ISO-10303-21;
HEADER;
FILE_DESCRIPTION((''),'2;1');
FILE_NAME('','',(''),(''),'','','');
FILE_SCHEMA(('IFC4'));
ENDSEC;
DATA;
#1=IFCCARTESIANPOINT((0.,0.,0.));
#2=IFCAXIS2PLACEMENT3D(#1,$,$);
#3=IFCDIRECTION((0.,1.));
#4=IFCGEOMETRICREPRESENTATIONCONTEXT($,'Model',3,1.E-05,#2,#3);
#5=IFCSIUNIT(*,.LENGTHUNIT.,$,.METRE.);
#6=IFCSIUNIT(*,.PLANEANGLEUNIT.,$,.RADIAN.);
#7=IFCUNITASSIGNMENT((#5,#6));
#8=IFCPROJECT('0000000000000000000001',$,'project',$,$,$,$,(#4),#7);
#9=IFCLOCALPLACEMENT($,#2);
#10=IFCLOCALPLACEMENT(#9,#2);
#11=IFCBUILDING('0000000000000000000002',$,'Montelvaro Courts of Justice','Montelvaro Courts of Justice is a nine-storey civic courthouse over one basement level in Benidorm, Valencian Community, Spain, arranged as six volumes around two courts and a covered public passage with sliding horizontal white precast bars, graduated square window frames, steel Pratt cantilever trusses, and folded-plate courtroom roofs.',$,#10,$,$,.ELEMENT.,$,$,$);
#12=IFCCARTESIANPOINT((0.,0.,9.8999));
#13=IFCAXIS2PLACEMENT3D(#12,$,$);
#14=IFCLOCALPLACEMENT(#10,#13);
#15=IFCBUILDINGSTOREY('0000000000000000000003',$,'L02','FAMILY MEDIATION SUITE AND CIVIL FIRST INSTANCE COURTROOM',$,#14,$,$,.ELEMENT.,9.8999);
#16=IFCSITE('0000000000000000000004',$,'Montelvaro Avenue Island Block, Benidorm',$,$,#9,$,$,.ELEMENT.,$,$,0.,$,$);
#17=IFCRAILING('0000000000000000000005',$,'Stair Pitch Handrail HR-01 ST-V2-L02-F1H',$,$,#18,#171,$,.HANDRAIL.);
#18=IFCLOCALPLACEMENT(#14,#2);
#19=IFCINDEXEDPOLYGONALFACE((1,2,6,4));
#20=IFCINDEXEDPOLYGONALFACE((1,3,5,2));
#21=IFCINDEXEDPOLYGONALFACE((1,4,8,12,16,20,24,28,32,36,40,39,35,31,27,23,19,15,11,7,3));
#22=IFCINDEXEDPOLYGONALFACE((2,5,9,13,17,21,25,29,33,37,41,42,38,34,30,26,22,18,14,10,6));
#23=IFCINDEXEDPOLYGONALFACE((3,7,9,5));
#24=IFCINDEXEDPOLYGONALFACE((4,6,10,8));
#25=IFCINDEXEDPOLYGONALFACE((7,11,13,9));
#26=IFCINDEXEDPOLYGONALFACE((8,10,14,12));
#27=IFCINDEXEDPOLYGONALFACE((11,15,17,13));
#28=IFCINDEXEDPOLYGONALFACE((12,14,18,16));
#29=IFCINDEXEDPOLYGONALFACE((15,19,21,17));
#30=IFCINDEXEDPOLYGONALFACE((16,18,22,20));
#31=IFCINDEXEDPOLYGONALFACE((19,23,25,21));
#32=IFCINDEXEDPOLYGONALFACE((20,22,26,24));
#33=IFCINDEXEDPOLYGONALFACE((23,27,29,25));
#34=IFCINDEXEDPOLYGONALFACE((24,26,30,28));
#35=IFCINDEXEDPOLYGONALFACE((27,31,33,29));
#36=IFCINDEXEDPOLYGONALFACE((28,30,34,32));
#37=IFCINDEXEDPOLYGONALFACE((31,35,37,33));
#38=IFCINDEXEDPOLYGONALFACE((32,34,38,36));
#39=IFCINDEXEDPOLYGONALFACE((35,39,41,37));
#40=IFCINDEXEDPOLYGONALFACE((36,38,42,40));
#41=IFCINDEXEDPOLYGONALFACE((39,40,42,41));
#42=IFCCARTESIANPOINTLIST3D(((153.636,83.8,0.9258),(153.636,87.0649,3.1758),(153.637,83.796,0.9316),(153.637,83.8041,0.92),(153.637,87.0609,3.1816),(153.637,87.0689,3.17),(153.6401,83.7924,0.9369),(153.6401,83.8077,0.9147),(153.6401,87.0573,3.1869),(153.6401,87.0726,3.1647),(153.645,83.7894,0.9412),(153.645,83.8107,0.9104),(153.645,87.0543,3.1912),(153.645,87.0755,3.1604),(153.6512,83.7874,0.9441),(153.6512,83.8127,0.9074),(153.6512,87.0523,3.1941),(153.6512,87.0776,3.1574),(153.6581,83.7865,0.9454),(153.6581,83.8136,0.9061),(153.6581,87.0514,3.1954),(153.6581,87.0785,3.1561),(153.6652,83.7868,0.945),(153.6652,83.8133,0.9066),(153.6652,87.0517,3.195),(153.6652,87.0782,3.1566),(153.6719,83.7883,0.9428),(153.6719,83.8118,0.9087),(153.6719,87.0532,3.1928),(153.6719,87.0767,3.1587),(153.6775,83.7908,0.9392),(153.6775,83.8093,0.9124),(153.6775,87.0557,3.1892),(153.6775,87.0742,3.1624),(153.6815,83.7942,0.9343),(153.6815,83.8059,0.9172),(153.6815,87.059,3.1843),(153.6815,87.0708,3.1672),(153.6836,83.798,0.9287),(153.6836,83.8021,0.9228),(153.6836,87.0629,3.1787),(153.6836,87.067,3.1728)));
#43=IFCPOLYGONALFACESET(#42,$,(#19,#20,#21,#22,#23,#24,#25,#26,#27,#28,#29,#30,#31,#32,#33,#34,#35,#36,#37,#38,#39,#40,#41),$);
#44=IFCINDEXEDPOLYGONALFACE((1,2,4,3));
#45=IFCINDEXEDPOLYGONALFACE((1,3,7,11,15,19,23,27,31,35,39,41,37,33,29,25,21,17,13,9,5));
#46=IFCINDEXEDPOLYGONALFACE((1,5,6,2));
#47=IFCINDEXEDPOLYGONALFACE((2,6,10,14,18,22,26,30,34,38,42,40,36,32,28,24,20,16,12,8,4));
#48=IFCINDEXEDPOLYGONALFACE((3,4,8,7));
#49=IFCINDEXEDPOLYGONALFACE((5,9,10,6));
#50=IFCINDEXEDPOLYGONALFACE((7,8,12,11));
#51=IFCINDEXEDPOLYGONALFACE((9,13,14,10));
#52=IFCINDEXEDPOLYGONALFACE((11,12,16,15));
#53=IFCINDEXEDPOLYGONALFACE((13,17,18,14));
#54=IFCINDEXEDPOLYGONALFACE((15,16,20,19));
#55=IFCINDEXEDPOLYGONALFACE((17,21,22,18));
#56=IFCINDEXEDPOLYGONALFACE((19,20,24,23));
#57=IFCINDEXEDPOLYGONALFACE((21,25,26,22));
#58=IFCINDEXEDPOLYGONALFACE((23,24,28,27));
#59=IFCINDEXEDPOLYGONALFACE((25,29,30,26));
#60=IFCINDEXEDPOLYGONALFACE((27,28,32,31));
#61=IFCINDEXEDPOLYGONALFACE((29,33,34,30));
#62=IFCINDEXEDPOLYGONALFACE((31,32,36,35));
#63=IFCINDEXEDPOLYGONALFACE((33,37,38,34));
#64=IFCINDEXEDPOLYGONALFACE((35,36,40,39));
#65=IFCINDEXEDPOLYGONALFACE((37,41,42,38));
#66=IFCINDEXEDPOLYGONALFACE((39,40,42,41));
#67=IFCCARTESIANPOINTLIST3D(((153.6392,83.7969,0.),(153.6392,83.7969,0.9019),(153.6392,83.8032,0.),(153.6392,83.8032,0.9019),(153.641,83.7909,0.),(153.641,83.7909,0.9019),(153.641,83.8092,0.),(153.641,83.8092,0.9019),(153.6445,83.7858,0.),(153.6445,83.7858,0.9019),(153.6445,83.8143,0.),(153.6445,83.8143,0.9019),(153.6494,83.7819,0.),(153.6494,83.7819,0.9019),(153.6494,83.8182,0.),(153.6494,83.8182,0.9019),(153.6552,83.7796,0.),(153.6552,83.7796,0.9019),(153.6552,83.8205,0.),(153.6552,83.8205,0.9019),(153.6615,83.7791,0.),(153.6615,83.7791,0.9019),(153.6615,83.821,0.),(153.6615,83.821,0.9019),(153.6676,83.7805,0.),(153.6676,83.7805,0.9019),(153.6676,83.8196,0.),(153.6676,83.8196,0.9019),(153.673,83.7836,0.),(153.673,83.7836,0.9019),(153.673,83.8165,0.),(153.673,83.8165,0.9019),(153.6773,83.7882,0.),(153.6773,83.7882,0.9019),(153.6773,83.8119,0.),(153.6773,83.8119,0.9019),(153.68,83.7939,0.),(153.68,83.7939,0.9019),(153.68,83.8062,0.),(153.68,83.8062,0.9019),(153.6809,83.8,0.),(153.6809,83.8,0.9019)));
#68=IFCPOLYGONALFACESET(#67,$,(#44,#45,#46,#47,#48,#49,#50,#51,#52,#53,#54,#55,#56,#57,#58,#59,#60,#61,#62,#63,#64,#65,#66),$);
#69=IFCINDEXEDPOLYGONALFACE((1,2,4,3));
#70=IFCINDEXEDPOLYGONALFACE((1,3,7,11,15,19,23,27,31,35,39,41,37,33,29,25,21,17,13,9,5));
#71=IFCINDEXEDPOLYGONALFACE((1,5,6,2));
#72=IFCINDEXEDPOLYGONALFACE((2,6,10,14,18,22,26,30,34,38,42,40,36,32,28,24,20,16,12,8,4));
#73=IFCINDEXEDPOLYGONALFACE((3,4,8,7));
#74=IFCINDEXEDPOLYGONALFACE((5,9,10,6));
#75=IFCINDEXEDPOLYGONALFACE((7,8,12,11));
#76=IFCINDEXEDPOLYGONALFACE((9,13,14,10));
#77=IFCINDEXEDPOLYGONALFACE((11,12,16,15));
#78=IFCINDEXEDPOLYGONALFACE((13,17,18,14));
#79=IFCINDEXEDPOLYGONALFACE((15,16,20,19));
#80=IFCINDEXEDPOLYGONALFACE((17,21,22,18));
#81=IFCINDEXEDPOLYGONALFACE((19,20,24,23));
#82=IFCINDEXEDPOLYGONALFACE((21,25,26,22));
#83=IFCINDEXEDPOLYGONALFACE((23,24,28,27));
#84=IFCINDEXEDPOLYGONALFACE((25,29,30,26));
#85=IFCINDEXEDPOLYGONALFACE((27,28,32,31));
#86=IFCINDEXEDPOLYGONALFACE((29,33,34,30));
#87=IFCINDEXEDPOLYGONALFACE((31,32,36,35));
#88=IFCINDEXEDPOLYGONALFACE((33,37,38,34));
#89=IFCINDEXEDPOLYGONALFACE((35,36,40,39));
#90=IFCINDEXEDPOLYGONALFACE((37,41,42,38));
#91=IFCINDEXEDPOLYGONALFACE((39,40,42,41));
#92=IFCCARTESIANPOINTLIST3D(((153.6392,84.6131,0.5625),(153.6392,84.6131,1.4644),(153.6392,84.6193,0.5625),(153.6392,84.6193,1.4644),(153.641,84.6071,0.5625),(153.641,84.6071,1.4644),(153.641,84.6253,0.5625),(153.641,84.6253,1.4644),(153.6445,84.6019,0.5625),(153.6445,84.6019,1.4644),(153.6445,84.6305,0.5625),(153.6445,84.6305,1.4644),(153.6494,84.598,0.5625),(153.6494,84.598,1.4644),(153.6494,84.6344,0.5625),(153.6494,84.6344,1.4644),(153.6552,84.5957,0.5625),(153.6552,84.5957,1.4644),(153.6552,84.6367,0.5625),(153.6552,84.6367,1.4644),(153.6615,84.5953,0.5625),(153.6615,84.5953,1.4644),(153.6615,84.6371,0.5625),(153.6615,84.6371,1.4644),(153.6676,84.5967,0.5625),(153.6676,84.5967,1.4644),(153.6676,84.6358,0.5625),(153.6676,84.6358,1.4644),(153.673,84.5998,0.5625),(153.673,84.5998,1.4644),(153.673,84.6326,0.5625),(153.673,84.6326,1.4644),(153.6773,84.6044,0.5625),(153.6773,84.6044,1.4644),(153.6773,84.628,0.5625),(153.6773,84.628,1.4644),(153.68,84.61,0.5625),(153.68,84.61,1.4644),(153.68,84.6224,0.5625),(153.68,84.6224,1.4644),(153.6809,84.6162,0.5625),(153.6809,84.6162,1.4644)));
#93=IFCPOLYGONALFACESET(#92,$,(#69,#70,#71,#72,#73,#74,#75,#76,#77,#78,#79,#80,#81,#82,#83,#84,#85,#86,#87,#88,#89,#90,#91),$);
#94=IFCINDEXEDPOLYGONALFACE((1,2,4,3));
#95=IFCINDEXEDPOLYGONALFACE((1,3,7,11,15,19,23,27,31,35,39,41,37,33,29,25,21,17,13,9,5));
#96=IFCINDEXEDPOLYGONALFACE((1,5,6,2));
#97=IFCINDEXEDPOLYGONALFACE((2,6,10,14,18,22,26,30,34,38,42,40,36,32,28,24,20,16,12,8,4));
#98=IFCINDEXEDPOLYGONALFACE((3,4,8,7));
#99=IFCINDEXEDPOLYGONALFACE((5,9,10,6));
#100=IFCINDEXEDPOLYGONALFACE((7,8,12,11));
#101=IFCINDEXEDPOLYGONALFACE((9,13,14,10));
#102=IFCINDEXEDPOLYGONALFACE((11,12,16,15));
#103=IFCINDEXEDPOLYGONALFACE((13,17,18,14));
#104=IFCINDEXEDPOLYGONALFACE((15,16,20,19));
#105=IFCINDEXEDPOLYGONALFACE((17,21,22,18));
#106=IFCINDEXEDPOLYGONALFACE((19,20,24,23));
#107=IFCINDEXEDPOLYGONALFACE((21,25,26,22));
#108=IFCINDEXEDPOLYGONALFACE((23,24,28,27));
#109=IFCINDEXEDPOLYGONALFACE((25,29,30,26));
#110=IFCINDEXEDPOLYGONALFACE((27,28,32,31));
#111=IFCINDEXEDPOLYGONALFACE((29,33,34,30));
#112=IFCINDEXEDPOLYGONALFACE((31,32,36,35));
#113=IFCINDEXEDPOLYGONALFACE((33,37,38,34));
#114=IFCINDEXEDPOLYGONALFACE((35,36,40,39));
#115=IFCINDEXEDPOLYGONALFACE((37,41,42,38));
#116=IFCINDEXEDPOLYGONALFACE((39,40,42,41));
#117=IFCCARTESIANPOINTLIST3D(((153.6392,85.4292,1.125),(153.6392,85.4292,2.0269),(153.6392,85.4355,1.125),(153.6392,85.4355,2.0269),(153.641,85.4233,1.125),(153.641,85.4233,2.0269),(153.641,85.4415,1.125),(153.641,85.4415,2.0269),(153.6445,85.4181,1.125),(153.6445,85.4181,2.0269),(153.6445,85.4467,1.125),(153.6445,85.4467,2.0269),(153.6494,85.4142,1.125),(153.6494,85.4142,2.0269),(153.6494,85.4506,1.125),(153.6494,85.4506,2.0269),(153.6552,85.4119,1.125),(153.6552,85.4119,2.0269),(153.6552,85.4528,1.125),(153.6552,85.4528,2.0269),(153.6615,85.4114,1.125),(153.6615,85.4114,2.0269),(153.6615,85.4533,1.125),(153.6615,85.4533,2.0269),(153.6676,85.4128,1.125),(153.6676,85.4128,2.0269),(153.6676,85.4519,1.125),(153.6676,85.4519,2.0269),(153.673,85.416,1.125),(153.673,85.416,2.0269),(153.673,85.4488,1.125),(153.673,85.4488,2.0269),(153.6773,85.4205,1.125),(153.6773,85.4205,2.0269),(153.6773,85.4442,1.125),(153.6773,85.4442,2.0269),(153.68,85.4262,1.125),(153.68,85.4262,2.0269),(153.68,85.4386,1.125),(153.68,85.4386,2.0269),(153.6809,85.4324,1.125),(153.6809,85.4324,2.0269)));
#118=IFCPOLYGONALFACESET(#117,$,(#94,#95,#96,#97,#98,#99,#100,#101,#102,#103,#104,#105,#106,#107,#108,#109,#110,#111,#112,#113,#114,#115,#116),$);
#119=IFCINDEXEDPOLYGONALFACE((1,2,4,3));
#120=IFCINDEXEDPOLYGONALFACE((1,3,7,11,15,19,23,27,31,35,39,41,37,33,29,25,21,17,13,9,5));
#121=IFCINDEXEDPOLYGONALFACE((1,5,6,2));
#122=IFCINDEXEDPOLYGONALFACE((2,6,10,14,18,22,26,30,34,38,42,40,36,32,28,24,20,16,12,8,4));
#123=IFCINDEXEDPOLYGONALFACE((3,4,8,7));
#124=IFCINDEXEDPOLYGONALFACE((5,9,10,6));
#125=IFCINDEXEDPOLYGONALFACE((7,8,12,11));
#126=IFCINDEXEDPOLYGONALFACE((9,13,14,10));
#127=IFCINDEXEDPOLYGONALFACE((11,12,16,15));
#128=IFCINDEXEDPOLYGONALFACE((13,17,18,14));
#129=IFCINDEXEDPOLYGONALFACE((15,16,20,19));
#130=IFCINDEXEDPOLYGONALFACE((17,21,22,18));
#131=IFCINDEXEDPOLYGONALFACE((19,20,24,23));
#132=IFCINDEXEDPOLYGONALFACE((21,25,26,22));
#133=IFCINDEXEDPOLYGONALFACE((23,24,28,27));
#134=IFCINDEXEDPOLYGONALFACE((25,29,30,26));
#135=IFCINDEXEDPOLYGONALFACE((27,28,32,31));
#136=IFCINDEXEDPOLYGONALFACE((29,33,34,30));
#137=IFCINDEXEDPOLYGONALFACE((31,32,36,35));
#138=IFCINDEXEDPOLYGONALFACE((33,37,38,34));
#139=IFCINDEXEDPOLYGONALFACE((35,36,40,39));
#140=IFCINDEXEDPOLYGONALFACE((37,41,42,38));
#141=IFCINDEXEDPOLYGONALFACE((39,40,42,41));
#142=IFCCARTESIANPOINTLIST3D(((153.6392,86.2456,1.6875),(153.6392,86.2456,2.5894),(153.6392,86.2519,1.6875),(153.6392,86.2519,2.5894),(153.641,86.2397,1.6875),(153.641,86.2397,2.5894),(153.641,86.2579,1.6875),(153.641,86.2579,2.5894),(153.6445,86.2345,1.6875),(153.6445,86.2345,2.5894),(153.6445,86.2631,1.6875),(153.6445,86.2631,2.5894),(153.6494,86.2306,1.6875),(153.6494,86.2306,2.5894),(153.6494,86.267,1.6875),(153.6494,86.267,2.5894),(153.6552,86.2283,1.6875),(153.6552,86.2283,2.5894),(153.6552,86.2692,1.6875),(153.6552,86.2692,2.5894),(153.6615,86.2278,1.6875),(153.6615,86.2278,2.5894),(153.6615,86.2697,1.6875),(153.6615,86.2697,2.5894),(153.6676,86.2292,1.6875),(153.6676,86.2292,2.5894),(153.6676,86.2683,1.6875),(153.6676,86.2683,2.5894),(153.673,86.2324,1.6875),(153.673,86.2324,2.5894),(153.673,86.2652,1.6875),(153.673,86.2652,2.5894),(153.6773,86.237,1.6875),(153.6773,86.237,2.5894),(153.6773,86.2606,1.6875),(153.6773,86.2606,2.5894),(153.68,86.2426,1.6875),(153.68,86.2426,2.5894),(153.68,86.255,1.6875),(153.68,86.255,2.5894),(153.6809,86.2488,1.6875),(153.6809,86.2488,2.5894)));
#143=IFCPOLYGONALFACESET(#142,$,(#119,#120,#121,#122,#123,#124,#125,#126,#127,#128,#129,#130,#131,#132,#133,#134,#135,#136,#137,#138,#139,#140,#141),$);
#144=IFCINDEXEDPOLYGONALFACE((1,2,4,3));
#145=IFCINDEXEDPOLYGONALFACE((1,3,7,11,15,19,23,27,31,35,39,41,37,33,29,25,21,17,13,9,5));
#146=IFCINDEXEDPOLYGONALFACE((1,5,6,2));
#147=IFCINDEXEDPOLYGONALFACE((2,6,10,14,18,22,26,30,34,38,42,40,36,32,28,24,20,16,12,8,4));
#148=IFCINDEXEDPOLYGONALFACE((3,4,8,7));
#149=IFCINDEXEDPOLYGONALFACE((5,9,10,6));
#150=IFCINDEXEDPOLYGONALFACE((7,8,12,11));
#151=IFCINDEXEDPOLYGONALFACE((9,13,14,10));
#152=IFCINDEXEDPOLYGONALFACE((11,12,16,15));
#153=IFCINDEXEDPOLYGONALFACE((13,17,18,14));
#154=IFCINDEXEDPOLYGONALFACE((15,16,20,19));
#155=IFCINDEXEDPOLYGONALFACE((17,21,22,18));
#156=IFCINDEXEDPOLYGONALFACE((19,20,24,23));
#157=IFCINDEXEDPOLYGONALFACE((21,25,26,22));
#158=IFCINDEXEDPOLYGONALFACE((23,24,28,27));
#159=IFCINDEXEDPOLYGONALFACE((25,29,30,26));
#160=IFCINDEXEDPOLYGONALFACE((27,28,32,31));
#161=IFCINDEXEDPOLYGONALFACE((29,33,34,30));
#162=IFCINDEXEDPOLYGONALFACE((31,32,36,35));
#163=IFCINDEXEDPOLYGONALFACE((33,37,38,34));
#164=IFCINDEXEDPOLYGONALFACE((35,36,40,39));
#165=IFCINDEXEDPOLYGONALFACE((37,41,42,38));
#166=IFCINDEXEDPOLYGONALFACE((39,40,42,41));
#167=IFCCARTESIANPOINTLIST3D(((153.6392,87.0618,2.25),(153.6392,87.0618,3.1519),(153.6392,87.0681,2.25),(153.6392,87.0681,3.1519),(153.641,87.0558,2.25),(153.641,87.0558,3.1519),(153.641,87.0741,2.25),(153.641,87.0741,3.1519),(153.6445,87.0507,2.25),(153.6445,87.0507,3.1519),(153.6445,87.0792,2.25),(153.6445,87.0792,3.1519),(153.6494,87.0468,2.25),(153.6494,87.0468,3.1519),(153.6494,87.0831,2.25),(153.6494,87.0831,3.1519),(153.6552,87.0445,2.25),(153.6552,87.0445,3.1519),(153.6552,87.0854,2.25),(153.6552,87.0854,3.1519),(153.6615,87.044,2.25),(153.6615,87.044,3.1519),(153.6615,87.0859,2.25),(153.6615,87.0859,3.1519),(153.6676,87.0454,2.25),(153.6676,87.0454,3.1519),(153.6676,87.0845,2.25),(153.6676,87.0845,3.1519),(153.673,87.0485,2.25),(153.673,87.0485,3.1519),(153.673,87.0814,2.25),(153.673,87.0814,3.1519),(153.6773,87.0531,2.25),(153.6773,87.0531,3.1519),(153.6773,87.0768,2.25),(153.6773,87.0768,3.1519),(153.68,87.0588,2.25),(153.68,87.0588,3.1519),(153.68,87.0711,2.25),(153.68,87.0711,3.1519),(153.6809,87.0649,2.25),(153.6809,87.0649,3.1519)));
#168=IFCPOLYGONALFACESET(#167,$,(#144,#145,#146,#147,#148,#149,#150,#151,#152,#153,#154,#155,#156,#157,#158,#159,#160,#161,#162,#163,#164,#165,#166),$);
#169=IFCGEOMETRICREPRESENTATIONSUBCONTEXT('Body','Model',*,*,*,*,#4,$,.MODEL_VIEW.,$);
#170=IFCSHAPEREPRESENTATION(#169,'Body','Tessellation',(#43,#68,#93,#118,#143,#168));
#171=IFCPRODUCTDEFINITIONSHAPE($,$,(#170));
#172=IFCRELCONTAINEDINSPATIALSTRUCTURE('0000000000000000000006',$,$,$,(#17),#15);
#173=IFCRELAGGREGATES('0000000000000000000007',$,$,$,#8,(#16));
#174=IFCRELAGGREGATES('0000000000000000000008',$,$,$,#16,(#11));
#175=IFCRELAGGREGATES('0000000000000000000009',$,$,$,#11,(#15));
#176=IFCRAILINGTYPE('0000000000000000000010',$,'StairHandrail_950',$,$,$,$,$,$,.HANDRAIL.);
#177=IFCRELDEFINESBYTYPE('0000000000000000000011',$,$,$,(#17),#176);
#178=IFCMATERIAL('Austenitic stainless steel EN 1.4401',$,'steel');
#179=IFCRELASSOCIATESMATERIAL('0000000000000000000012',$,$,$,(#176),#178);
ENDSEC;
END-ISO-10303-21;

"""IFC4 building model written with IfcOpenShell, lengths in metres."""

from ifc_helpers import new_model, si_unit, direction, frame, origin, origin_2d, place, context, subcontext, project, spatial, circle, extrude, material, type_object, element, save


model = new_model("IFC4")

# Units and contexts
model_context = context("Model", 3, precision=1e-05, world=origin(), true_north=direction((0.0, 1.0)))
body_context = subcontext(model_context, "Body", "Model", "MODEL_VIEW")
ifc_project = project(units=[si_unit("LENGTHUNIT", "METRE"), si_unit("PLANEANGLEUNIT", "RADIAN")], contexts=[model_context])

# Site, building, storey
site_placement = place(None, origin())
site = spatial("IfcSite", under=ifc_project, at=site_placement, Name="Montelvaro Avenue Island Block, Benidorm", CompositionType="ELEMENT", RefElevation=0.0)
building_placement = place(site_placement, origin())
building = spatial("IfcBuilding", under=site, at=building_placement, Name="Montelvaro Courts of Justice", Description="Montelvaro Courts of Justice is a nine-storey civic courthouse over one basement level in Benidorm, Valencian Community, Spain, arranged as six volumes around two courts and a covered public passage with sliding horizontal white precast bars, graduated square window frames, steel Pratt cantilever trusses, and folded-plate courtroom roofs.", CompositionType="ELEMENT")
storey_placement = place(building_placement, frame((0.0, 0.0, 9.8999)))
storey = spatial("IfcBuildingStorey", under=building, at=storey_placement, Name="L02", Description="FAMILY MEDIATION SUITE AND CIVIL FIRST INSTANCE COURTROOM", CompositionType="ELEMENT", Elevation=9.8999)

# Railing
ifc_material_1 = material(Name="Austenitic stainless steel EN 1.4401", Category="steel")
railing_type_1 = type_object("IfcRailingType", Name="StairHandrail_950", PredefinedType="HANDRAIL", material=ifc_material_1)
railing_1_placement = place(storey_placement, frame((153.6599, 83.8, 0.0)))
element("IfcRailing", 1, at=railing_1_placement, inside=storey, type_object=railing_type_1, Name="Stair Pitch Handrail HR-01 ST-V2-L02-F1H", PredefinedType="HANDRAIL", context=body_context, shape_type="SweptSolid", body=[
    extrude(circle(Radius=0.0239, at=origin_2d()), frame((0.0, 0.0, 0.9258), z_axis=(0.0, 0.823407, 0.567451), x_axis=(-1.0, 0.0, 0.0)), (0.0, 0.0, 1.0), 3.9651),
    extrude(circle(Radius=0.021, at=origin_2d()), origin(), (0.0, 0.0, 1.0), 0.9019),
    extrude(circle(Radius=0.021, at=origin_2d()), frame((0.0, 0.8162, 0.5625)), (0.0, 0.0, 1.0), 0.9019),
    extrude(circle(Radius=0.021, at=origin_2d()), frame((0.0, 1.6323, 1.125)), (0.0, 0.0, 1.0), 0.9019),
    extrude(circle(Radius=0.021, at=origin_2d()), frame((0.0, 2.4487, 1.6875)), (0.0, 0.0, 1.0), 0.9019),
    extrude(circle(Radius=0.021, at=origin_2d()), frame((0.0, 3.2649, 2.25)), (0.0, 0.0, 1.0), 0.9019),
])

save(model, "model.ifc")
